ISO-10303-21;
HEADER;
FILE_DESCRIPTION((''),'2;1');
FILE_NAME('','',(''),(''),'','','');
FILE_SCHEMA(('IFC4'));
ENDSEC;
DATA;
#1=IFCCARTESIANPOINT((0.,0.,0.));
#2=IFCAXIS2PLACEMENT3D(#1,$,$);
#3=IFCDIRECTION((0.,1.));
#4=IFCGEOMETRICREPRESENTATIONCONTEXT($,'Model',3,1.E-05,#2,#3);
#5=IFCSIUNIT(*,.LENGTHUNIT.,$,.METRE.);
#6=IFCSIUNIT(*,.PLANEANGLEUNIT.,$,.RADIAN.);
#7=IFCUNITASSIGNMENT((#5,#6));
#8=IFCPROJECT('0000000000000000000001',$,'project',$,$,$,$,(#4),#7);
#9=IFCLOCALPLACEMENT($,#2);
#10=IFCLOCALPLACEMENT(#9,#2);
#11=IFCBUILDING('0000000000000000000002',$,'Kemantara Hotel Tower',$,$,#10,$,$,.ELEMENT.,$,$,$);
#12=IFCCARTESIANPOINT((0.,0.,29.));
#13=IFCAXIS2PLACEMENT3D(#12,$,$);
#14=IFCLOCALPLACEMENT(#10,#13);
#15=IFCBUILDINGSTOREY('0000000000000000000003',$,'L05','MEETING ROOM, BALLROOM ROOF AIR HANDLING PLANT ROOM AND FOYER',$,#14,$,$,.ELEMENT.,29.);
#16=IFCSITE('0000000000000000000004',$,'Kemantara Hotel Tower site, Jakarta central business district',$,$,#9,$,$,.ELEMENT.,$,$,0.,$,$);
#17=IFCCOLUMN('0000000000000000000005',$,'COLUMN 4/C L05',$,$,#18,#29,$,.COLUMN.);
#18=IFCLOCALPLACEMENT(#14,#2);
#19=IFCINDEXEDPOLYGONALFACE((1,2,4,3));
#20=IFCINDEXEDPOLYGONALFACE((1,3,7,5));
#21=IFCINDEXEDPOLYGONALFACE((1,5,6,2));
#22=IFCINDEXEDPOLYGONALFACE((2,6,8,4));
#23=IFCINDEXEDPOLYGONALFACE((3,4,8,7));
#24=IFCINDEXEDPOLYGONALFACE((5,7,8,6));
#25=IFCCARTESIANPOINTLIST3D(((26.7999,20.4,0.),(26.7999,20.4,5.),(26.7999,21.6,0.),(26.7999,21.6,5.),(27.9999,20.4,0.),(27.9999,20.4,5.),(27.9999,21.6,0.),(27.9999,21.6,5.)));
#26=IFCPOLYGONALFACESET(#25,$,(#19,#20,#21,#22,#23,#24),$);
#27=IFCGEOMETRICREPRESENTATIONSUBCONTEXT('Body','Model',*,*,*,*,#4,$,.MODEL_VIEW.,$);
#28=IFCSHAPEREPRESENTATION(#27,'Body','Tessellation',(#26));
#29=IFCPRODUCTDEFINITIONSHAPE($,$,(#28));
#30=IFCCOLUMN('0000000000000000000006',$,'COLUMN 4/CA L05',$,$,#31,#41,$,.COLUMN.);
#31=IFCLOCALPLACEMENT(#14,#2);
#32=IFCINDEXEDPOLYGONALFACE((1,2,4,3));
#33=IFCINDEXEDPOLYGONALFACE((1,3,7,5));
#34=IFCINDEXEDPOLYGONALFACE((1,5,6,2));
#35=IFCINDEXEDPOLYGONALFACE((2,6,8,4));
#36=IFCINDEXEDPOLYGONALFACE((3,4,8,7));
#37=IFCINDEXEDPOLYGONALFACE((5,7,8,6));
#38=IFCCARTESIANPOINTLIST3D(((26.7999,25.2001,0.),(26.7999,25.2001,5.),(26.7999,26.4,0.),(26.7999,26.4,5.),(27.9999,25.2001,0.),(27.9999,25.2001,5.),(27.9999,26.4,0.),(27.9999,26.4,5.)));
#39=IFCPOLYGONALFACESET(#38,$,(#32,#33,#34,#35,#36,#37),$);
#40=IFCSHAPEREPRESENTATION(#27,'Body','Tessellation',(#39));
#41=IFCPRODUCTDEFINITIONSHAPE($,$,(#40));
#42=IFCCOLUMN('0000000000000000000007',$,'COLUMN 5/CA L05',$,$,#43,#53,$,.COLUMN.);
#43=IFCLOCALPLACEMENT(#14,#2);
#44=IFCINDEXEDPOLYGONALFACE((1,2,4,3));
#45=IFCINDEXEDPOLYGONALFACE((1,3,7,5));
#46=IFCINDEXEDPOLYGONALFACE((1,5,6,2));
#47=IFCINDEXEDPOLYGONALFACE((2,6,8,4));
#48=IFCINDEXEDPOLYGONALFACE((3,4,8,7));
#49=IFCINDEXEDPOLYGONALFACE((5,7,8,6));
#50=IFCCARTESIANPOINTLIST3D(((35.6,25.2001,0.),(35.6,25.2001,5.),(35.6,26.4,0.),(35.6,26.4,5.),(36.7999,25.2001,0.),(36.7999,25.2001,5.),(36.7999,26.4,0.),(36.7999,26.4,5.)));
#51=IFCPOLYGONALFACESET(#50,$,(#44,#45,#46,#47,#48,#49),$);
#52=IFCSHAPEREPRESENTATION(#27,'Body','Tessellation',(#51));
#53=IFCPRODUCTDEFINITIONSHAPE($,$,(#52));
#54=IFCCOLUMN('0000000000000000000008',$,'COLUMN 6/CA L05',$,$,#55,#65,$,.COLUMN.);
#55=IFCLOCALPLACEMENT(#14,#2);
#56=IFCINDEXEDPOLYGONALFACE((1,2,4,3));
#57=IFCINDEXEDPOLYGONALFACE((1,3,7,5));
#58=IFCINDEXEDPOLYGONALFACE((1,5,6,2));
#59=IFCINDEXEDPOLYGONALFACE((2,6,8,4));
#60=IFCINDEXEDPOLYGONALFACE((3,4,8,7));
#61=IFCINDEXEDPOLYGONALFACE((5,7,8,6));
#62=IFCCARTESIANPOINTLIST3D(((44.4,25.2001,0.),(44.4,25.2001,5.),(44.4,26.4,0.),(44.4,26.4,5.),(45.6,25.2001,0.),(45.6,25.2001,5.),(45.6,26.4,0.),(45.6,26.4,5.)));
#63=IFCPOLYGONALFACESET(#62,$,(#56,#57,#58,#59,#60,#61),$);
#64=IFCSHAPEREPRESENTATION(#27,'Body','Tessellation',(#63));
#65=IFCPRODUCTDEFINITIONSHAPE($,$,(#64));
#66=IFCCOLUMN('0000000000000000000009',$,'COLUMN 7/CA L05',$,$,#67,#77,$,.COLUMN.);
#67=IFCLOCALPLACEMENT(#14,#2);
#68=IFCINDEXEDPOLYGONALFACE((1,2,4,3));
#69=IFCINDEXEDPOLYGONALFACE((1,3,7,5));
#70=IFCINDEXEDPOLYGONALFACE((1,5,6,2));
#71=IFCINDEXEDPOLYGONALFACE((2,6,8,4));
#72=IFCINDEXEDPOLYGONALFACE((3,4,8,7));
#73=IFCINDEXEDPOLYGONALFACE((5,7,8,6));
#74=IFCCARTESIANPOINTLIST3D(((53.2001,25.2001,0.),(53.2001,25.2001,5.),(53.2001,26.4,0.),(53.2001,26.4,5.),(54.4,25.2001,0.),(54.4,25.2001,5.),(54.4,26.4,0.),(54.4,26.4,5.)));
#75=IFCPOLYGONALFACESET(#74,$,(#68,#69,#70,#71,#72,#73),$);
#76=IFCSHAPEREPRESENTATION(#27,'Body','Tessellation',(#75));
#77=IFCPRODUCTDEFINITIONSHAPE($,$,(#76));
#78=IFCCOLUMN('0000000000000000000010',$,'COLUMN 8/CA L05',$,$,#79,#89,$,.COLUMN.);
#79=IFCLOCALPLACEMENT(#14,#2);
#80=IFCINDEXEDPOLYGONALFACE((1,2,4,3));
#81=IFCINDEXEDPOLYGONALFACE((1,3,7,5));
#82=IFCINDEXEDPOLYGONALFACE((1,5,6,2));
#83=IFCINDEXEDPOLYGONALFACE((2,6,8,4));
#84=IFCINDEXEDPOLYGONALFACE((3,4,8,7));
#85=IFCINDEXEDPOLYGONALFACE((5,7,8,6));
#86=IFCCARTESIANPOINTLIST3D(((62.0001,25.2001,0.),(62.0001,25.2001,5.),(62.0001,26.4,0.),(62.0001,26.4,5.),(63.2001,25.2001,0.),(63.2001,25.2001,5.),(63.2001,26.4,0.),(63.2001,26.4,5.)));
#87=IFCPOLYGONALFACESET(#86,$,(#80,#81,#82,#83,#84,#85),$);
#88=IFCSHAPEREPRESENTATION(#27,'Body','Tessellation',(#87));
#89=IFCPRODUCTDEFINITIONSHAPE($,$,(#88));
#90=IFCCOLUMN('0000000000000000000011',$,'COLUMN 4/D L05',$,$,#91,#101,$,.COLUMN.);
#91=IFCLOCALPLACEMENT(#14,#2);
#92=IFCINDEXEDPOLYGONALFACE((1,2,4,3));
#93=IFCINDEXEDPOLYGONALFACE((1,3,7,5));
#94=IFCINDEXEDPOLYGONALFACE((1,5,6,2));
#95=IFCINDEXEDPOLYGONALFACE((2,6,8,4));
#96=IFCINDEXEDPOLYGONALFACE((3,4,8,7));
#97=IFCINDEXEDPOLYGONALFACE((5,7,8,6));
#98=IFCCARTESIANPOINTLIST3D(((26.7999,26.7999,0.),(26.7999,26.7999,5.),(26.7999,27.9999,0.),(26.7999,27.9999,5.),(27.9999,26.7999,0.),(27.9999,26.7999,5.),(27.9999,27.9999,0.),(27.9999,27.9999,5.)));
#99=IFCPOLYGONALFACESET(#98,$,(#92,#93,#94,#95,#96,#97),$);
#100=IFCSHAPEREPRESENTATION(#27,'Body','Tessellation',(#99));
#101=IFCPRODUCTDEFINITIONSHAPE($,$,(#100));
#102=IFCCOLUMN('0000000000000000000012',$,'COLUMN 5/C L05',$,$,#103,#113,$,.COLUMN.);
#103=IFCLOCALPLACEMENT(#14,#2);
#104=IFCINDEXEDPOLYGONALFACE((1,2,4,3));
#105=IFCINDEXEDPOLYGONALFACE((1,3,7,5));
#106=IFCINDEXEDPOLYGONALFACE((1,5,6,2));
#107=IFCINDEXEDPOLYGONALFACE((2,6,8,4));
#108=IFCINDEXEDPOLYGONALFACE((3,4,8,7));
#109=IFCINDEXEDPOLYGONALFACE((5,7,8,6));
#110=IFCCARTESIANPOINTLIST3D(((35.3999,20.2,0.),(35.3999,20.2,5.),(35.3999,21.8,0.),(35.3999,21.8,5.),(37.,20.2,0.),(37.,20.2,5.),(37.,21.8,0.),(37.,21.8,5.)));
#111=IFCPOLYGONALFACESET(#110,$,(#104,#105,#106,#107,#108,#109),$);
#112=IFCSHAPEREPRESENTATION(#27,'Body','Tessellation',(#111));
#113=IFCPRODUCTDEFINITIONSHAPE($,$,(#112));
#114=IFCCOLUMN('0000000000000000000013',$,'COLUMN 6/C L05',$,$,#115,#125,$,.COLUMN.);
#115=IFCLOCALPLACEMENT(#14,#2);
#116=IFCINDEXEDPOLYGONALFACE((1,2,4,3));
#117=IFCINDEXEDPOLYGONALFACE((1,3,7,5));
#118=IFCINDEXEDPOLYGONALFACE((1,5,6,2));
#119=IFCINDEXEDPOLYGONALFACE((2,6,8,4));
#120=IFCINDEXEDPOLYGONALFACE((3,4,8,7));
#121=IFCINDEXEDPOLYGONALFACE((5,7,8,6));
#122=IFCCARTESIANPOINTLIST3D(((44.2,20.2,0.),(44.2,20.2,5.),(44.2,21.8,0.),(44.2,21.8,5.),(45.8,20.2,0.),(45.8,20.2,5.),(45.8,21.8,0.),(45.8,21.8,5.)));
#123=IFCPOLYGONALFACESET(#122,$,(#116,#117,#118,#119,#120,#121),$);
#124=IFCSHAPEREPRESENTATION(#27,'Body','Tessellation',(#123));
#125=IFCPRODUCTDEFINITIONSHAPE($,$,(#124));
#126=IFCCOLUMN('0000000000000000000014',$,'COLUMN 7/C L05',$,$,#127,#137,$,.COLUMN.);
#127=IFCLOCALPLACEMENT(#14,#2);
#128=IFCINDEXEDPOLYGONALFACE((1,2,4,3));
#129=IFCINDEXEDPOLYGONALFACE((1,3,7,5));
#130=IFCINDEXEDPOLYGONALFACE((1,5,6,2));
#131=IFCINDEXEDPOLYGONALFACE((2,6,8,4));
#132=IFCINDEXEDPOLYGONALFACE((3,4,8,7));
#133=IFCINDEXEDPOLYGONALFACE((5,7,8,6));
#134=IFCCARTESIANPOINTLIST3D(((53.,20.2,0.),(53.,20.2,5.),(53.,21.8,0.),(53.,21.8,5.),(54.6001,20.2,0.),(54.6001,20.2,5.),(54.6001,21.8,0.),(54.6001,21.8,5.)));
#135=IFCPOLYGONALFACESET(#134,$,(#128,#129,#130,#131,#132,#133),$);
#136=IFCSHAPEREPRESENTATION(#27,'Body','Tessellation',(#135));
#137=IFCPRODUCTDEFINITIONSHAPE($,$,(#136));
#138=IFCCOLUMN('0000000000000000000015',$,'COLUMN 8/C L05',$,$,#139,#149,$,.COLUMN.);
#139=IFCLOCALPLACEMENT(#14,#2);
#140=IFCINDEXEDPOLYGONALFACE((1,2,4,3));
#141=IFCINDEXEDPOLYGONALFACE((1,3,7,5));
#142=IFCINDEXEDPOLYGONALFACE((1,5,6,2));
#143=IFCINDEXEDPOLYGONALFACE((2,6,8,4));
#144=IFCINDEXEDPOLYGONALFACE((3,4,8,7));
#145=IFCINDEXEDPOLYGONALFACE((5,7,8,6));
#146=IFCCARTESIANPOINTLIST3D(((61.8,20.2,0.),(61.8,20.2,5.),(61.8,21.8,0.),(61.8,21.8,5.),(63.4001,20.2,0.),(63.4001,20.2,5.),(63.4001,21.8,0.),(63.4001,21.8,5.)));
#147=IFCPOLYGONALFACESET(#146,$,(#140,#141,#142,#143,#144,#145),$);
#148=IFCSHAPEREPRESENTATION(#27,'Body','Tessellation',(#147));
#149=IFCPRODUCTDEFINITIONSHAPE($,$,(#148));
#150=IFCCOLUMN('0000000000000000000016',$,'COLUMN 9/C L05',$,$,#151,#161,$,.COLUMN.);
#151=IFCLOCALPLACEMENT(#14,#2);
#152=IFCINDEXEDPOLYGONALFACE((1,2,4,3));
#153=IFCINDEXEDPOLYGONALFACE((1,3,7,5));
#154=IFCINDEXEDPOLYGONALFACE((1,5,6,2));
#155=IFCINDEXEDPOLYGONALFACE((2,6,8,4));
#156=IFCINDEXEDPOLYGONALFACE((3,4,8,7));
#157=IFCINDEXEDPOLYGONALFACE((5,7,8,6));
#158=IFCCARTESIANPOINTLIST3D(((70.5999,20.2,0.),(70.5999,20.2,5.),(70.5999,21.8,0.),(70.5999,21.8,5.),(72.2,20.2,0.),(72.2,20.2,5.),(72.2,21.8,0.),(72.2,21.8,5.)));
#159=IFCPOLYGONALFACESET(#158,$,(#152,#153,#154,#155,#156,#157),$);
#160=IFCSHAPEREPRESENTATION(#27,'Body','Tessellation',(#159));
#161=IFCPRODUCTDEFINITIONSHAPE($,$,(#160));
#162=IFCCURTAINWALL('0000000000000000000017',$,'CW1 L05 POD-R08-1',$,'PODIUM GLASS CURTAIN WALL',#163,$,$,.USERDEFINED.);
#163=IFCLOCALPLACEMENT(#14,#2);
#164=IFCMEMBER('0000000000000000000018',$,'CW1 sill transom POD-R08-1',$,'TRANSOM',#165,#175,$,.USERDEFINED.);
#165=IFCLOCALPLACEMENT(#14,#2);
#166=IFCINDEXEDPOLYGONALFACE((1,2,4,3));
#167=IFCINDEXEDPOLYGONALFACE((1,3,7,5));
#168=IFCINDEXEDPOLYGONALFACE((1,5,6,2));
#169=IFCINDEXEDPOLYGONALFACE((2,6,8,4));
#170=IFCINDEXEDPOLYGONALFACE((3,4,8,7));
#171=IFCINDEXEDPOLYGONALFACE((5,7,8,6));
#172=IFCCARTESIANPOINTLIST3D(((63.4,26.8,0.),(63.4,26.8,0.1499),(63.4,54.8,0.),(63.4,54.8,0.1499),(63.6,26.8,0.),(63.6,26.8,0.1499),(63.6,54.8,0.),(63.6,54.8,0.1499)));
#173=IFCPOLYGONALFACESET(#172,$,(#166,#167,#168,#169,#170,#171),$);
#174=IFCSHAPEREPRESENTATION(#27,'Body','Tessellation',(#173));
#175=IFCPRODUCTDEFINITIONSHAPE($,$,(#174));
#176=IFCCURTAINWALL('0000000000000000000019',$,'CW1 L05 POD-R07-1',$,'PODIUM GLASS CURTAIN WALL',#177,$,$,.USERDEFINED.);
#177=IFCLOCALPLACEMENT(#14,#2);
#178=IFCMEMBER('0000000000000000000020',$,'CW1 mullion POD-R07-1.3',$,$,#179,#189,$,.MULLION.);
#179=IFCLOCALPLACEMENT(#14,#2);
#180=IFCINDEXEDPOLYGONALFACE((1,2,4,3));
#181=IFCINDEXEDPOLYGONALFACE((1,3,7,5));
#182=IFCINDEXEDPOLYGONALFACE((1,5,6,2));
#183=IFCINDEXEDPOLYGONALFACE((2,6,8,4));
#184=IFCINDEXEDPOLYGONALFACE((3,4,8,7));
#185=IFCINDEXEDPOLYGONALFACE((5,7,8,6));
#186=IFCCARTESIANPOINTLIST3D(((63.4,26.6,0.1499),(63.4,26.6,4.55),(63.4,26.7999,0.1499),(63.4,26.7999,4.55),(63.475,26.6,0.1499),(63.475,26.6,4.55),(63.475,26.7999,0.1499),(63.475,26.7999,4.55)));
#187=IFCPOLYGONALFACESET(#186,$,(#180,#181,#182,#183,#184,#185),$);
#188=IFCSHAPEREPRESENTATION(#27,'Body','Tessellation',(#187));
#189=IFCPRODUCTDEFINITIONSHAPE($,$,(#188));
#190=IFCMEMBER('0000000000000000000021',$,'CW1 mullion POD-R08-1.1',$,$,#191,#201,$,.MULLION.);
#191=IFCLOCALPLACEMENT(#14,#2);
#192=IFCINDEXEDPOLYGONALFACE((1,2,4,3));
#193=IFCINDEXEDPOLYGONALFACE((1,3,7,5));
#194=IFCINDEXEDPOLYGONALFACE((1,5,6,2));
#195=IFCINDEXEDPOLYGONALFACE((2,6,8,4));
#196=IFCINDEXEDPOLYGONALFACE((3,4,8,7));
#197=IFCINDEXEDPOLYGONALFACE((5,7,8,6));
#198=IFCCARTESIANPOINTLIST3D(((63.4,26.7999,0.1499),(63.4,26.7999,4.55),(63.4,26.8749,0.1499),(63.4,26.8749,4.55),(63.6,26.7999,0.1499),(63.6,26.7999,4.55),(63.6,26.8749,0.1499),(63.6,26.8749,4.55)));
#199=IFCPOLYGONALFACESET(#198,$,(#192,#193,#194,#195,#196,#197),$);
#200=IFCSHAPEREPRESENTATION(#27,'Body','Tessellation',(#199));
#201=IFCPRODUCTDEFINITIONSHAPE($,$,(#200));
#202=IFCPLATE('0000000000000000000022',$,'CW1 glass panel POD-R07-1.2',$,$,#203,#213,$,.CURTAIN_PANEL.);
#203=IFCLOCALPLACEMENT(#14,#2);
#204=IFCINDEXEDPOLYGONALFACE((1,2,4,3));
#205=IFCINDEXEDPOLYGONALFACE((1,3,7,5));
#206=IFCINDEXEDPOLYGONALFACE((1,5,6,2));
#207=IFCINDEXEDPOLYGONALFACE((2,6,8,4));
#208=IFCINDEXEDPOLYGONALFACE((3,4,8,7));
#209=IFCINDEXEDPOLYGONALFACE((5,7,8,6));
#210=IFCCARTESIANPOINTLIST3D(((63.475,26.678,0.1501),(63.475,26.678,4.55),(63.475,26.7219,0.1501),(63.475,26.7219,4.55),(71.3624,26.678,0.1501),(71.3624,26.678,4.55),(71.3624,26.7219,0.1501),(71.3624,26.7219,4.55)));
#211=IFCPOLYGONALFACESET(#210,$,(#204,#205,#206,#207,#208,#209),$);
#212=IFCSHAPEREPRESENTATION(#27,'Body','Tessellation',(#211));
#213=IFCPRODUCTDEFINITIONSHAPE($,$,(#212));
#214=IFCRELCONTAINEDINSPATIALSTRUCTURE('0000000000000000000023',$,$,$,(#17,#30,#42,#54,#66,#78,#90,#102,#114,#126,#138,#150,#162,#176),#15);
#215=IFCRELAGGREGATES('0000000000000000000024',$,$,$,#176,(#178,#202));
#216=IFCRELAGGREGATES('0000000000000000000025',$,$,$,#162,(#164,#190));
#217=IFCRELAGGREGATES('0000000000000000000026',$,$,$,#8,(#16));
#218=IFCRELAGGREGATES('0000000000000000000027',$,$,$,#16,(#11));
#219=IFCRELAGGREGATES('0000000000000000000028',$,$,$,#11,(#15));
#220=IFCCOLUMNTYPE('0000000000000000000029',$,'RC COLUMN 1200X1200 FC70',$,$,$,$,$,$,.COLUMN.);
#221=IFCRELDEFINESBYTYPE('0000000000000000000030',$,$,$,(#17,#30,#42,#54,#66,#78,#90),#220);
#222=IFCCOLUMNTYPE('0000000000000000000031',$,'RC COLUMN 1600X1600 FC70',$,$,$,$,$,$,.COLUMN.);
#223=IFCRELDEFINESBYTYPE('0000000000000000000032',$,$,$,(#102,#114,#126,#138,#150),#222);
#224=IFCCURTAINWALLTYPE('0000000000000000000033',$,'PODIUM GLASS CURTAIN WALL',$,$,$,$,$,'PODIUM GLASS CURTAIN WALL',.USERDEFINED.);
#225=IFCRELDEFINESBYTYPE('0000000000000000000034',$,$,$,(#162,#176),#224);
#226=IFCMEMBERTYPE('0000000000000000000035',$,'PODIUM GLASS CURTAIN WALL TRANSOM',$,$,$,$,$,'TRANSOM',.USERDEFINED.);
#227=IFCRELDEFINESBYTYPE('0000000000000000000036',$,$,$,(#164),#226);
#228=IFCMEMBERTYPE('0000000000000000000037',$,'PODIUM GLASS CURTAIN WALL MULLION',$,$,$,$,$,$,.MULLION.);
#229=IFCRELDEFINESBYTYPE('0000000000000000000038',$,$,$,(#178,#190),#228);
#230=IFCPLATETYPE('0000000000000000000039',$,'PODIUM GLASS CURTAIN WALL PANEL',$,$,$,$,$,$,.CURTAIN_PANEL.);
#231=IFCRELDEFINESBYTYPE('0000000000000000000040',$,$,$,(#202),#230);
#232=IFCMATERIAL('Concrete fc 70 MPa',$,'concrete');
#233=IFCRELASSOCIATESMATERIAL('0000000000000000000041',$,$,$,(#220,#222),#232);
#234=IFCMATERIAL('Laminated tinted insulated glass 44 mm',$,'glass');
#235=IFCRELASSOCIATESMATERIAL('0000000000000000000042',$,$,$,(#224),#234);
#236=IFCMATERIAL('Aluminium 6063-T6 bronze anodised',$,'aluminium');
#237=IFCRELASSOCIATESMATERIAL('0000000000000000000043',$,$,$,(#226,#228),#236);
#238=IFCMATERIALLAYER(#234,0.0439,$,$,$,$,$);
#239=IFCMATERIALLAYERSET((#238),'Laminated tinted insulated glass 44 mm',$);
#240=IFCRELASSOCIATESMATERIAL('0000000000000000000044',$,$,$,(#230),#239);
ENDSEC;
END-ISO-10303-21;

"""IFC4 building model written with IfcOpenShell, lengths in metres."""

from ifc_helpers import new_model, si_unit, direction, frame, origin, origin_2d, place, context, subcontext, project, spatial, rectangle, extrude, source, transform, mapped, material, layer, layer_set, material_profile, profile_set, type_object, element, aggregate, save


model = new_model("IFC4")

# Units and contexts
model_context = context("Model", 3, precision=1e-05, world=origin(), true_north=direction((0.0, 1.0)))
body_context = subcontext(model_context, "Body", "Model", "MODEL_VIEW")
ifc_project = project(units=[si_unit("LENGTHUNIT", "METRE"), si_unit("PLANEANGLEUNIT", "RADIAN")], contexts=[model_context])

# Site, building, storey
site_placement = place(None, origin())
site = spatial("IfcSite", under=ifc_project, at=site_placement, Name="Kemantara Hotel Tower site, Jakarta central business district", CompositionType="ELEMENT", RefElevation=0.0)
building_placement = place(site_placement, origin())
building = spatial("IfcBuilding", under=site, at=building_placement, Name="Kemantara Hotel Tower", CompositionType="ELEMENT")
storey_placement = place(building_placement, frame((0.0, 0.0, 29.0)))
storey = spatial("IfcBuildingStorey", under=building, at=storey_placement, Name="L05", Description="MEETING ROOM, BALLROOM ROOF AIR HANDLING PLANT ROOM AND FOYER", CompositionType="ELEMENT", Elevation=29.0)

# Columns
ifc_material_1 = material(Name="Concrete fc 70 MPa", Category="concrete")
ifc_material_profile_1 = material_profile(ifc_material_1, rectangle(XDim=1.2, YDim=1.2, at=origin_2d()), Name="RC 1200X1200")
ifc_profile_set_1 = profile_set([ifc_material_profile_1], Name="Concrete fc 70 MPa")
column_type_1 = type_object("IfcColumnType", Name="RC COLUMN 1200X1200 FC70", PredefinedType="COLUMN", material=ifc_profile_set_1)
for number, where, z_axis, x_axis, name in (
    (1, (27.3999, 21.0, 0.0), (0.0, 0.0, 1.0), (1.0, 0.0, 0.0), "COLUMN 4/C L05"),
    (2, (27.3999, 25.8, 0.0), (0.0, 0.0, 1.0), (1.0, 0.0, 0.0), "COLUMN 4/CA L05"),
    (3, (36.2, 25.8, 0.0), (0.0, 0.0, 1.0), (1.0, 0.0, 0.0), "COLUMN 5/CA L05"),
    (4, (45.0, 25.8, 0.0), (0.0, 0.0, 1.0), (1.0, 0.0, 0.0), "COLUMN 6/CA L05"),
    (5, (53.8, 25.8, 0.0), (0.0, 0.0, 1.0), (1.0, 0.0, 0.0), "COLUMN 7/CA L05"),
    (6, (62.6001, 25.8, 0.0), (0.0, 0.0, 1.0), (1.0, 0.0, 0.0), "COLUMN 8/CA L05"),
    (7, (27.3999, 27.3999, 0.0), (0.0, 0.0, 1.0), (1.0, 0.0, 0.0), "COLUMN 4/D L05"),
):
    element("IfcColumn", number, at=place(storey_placement, frame(where, z_axis=z_axis, x_axis=x_axis)), inside=storey, type_object=column_type_1, Name=name, PredefinedType="COLUMN", context=body_context, shape_type="SweptSolid", body=[
        extrude(rectangle(XDim=1.2, YDim=1.2, at=origin_2d()), origin(), (0.0, 0.0, 1.0), 5.0),
    ])
ifc_material_profile_2 = material_profile(ifc_material_1, rectangle(XDim=1.6001, YDim=1.6001, at=origin_2d()), Name="RC 1600X1600")
ifc_profile_set_2 = profile_set([ifc_material_profile_2], Name="Concrete fc 70 MPa")
column_type_2 = type_object("IfcColumnType", Name="RC COLUMN 1600X1600 FC70", PredefinedType="COLUMN", material=ifc_profile_set_2)
for number, where, z_axis, x_axis, name in (
    (8, (36.2, 21.0, 0.0), (0.0, 0.0, 1.0), (1.0, 0.0, 0.0), "COLUMN 5/C L05"),
    (9, (45.0, 21.0, 0.0), (0.0, 0.0, 1.0), (1.0, 0.0, 0.0), "COLUMN 6/C L05"),
    (10, (53.8, 21.0, 0.0), (0.0, 0.0, 1.0), (1.0, 0.0, 0.0), "COLUMN 7/C L05"),
    (11, (62.6001, 21.0, 0.0), (0.0, 0.0, 1.0), (1.0, 0.0, 0.0), "COLUMN 8/C L05"),
    (12, (71.3999, 21.0, 0.0), (0.0, 0.0, 1.0), (1.0, 0.0, 0.0), "COLUMN 9/C L05"),
):
    element("IfcColumn", number, at=place(storey_placement, frame(where, z_axis=z_axis, x_axis=x_axis)), inside=storey, type_object=column_type_2, Name=name, PredefinedType="COLUMN", context=body_context, shape_type="SweptSolid", body=[
        extrude(rectangle(XDim=1.6001, YDim=1.6001, at=origin_2d()), origin(), (0.0, 0.0, 1.0), 5.0),
    ])

# Curtain walls, members
ifc_material_2 = material(Name="Laminated tinted insulated glass 44 mm", Category="glass")
curtain_wall_type = type_object("IfcCurtainWallType", Name="PODIUM GLASS CURTAIN WALL", ElementType="PODIUM GLASS CURTAIN WALL", PredefinedType="USERDEFINED", material=ifc_material_2)
curtain_wall_1_placement = place(storey_placement, origin())
curtain_wall_1 = element("IfcCurtainWall", 13, at=curtain_wall_1_placement, inside=storey, type_object=curtain_wall_type, Name="CW1 L05 POD-R08-1", ObjectType="PODIUM GLASS CURTAIN WALL", PredefinedType="USERDEFINED")
ifc_material_3 = material(Name="Aluminium 6063-T6 bronze anodised", Category="aluminium")
ifc_material_profile_3 = material_profile(ifc_material_3, rectangle(XDim=0.2, YDim=0.1499, at=origin_2d()), Name="PODIUM GLASS CURTAIN WALL TRANSOM")
ifc_profile_set_3 = profile_set([ifc_material_profile_3], Name="Aluminium 6063-T6 bronze anodised")
member_type_1 = type_object("IfcMemberType", Name="PODIUM GLASS CURTAIN WALL TRANSOM", ElementType="TRANSOM", PredefinedType="USERDEFINED", material=ifc_profile_set_3)
member_1_placement = place(storey_placement, frame((63.5, 26.8, 0.075), z_axis=(0.0, 1.0, 0.0), x_axis=(-1.0, 0.0, 0.0)))
member_1 = element("IfcMember", 14, at=member_1_placement, type_object=member_type_1, Name="CW1 sill transom POD-R08-1", ObjectType="TRANSOM", PredefinedType="USERDEFINED", context=body_context, shape_type="SweptSolid", body=[
    extrude(rectangle(XDim=0.2, YDim=0.1499, at=origin_2d()), origin(), (0.0, 0.0, 1.0), 28.0),
])
curtain_wall_2_placement = place(storey_placement, origin())
curtain_wall_2 = element("IfcCurtainWall", 15, at=curtain_wall_2_placement, inside=storey, type_object=curtain_wall_type, Name="CW1 L05 POD-R07-1", ObjectType="PODIUM GLASS CURTAIN WALL", PredefinedType="USERDEFINED")
ifc_material_profile_4 = material_profile(ifc_material_3, rectangle(XDim=0.2, YDim=0.075, at=origin_2d()), Name="PODIUM GLASS CURTAIN WALL MULLION")
ifc_profile_set_4 = profile_set([ifc_material_profile_4], Name="Aluminium 6063-T6 bronze anodised")
member_type_2 = type_object("IfcMemberType", Name="PODIUM GLASS CURTAIN WALL MULLION", PredefinedType="MULLION", material=ifc_profile_set_4)
shared_shape_1 = source(origin(), body_context, "Body", "SweptSolid", [
    extrude(rectangle(XDim=0.2, YDim=0.075, at=origin_2d()), origin(), (0.0, 0.0, 1.0), 4.4001),
])
member_2_placement = place(storey_placement, frame((63.4375, 26.7, 0.1499), z_axis=(0.0, 0.0, 1.0), x_axis=(0.0, -1.0, 0.0)))
member_2 = element("IfcMember", 16, at=member_2_placement, type_object=member_type_2, Name="CW1 mullion POD-R07-1.3", PredefinedType="MULLION", context=body_context, shape_type="MappedRepresentation", body=[
    mapped(shared_shape_1, transform((0.0, 0.0, 0.0))),
])

# Member
member_3_placement = place(storey_placement, frame((63.5, 26.8374, 0.1499), z_axis=(0.0, 0.0, 1.0), x_axis=(-1.0, 0.0, 0.0)))
member_3 = element("IfcMember", 17, at=member_3_placement, type_object=member_type_2, Name="CW1 mullion POD-R08-1.1", PredefinedType="MULLION", context=body_context, shape_type="MappedRepresentation", body=[
    mapped(shared_shape_1, transform((0.0, 0.0, 0.0))),
])

# Plate
ifc_layer_1 = layer(ifc_material_2, 0.0439)
ifc_layer_set_1 = layer_set([ifc_layer_1], Name="Laminated tinted insulated glass 44 mm")
plate_type = type_object("IfcPlateType", Name="PODIUM GLASS CURTAIN WALL PANEL", PredefinedType="CURTAIN_PANEL", material=ifc_layer_set_1)
shared_shape_2 = source(origin(), body_context, "Body", "SweptSolid", [
    extrude(rectangle(XDim=7.8875, YDim=0.0439, at=origin_2d()), origin(), (0.0, 0.0, 1.0), 4.3999),
])
plate_1_placement = place(storey_placement, frame((67.4187, 26.7, 0.1501), z_axis=(0.0, 0.0, 1.0), x_axis=(-1.0, 0.0, 0.0)))
plate_1 = element("IfcPlate", 18, at=plate_1_placement, type_object=plate_type, Name="CW1 glass panel POD-R07-1.2", PredefinedType="CURTAIN_PANEL", context=body_context, shape_type="MappedRepresentation", body=[
    mapped(shared_shape_2, transform((0.0, 0.0, 0.0))),
])
aggregate(curtain_wall_2, [member_2, plate_1])
aggregate(curtain_wall_1, [member_1, member_3])

save(model, "model.ifc")
